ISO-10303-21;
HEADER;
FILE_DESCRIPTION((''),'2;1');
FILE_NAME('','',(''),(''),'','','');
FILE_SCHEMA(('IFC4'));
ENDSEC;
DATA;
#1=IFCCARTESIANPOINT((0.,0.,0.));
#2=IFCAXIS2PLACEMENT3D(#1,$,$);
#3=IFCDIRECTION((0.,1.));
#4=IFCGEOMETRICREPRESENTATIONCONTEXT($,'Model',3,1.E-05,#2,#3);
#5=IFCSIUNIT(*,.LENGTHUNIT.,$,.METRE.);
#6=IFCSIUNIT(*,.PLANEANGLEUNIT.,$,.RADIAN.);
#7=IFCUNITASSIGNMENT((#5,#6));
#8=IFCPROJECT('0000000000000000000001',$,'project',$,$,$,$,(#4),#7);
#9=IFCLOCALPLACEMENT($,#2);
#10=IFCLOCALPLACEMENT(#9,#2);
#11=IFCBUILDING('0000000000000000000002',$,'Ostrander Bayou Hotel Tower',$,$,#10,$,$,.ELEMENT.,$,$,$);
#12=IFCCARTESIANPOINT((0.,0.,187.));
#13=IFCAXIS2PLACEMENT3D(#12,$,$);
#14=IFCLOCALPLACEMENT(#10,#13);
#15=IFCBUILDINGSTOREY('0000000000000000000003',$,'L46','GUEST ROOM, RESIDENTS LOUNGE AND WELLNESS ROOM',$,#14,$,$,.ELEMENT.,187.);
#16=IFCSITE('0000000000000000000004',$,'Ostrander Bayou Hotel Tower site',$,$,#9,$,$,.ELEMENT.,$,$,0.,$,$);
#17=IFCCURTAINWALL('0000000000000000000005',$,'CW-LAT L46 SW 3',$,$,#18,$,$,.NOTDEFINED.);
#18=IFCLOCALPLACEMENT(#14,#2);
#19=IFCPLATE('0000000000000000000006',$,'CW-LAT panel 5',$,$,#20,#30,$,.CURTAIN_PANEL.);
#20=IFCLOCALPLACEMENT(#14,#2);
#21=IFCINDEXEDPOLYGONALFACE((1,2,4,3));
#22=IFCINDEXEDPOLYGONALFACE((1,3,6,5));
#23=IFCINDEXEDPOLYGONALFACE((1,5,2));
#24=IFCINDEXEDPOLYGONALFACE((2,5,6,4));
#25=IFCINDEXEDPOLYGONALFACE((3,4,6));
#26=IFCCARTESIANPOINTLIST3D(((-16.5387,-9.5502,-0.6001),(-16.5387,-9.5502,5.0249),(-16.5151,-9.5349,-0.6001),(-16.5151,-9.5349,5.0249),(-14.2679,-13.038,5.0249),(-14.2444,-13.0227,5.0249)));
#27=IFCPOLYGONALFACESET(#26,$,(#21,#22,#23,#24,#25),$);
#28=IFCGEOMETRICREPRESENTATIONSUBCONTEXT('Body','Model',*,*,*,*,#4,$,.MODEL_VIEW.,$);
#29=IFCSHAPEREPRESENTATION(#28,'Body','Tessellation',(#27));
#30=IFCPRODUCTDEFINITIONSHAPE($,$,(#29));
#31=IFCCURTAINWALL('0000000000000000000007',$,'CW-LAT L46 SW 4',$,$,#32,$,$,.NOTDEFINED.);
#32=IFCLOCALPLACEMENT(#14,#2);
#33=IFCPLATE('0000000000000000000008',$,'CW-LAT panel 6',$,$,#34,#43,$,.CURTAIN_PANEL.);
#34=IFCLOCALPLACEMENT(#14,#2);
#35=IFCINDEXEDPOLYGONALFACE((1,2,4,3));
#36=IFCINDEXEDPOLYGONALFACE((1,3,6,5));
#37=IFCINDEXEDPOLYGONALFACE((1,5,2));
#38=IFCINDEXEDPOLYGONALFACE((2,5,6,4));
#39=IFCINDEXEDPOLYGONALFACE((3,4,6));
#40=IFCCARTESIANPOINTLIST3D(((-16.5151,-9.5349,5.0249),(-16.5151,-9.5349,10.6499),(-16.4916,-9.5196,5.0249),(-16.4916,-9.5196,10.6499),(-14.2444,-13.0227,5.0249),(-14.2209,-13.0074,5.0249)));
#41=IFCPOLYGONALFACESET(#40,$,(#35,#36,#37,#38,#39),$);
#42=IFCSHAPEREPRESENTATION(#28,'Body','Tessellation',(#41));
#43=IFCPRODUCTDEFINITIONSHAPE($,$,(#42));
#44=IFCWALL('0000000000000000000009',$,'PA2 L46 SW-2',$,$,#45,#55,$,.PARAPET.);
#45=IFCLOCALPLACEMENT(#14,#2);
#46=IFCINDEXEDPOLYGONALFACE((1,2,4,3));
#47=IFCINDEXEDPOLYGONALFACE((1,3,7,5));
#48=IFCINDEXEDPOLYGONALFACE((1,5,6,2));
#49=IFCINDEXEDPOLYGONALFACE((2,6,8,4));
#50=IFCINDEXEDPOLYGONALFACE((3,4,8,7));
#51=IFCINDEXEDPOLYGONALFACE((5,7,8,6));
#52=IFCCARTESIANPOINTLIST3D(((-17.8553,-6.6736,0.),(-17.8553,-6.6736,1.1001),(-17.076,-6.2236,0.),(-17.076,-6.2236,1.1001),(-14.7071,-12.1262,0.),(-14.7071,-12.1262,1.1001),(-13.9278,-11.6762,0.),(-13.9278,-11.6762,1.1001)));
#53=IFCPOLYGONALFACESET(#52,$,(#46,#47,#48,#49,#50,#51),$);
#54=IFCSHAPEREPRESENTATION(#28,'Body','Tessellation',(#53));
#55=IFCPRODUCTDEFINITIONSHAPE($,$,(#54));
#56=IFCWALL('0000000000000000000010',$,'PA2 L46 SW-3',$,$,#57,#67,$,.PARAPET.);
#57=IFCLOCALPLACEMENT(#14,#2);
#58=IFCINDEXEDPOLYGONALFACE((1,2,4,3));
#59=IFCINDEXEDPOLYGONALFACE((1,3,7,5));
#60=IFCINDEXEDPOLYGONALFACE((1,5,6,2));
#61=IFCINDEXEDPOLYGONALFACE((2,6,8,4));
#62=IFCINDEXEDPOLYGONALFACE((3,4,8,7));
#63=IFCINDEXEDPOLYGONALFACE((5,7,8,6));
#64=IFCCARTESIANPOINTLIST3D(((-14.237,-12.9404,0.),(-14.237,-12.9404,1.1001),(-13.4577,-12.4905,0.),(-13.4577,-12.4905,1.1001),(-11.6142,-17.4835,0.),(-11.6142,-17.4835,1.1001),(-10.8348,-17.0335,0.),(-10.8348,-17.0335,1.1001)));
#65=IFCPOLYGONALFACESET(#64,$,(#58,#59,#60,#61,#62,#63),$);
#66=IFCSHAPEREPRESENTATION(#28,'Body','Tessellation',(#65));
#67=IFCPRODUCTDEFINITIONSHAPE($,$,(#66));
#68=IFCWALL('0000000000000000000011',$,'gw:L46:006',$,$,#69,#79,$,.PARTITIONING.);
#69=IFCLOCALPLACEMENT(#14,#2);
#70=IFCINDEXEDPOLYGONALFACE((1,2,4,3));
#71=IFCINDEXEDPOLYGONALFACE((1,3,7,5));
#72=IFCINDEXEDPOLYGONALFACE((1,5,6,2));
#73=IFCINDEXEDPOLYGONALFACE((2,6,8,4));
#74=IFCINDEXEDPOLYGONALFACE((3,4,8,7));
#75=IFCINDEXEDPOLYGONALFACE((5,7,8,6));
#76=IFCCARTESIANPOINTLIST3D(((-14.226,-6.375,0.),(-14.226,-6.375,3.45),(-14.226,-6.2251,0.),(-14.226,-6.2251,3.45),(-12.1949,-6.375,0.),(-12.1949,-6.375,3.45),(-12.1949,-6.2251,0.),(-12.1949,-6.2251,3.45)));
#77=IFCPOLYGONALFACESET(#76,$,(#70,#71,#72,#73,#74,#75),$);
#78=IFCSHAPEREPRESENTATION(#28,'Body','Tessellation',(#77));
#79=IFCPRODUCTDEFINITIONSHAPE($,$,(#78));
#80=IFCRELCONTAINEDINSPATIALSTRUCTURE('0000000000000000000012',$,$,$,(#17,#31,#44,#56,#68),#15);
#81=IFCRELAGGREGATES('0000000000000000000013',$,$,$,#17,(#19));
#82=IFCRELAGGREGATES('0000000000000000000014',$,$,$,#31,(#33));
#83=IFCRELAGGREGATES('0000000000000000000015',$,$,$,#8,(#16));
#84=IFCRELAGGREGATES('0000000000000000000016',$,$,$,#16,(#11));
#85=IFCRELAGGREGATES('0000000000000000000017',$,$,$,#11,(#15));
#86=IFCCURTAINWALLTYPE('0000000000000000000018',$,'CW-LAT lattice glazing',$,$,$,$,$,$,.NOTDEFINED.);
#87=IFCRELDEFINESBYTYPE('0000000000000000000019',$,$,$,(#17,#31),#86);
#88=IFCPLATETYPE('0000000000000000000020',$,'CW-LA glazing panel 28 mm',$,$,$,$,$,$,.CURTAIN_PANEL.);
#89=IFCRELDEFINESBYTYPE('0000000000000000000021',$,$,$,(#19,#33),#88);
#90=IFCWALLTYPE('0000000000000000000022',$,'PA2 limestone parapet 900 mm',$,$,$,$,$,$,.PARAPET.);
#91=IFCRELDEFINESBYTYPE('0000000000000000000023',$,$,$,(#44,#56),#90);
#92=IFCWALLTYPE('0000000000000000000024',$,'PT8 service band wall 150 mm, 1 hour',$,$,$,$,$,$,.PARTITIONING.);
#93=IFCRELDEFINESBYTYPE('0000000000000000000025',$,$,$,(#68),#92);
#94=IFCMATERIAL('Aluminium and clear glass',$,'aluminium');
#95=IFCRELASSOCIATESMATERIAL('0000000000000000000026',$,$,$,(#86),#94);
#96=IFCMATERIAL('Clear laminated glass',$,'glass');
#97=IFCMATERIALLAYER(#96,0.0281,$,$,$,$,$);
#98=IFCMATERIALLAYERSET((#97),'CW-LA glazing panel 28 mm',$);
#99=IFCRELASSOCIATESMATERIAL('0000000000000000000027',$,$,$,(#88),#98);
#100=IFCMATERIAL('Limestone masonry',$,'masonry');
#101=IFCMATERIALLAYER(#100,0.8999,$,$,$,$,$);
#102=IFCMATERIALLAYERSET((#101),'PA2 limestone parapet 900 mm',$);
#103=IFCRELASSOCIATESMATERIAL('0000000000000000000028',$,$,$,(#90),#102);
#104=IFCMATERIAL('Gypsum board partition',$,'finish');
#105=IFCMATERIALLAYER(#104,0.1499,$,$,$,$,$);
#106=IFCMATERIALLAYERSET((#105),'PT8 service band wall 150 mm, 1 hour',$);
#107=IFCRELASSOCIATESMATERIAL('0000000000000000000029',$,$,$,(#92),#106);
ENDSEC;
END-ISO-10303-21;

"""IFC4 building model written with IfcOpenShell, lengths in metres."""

from ifc_helpers import new_model, si_unit, direction, frame, frame_2d, origin, place, context, subcontext, project, spatial, polyline, rectangle, outline, extrude, material, layer, layer_set, type_object, element, aggregate, save


model = new_model("IFC4")

# Units and contexts
model_context = context("Model", 3, precision=1e-05, world=origin(), true_north=direction((0.0, 1.0)))
body_context = subcontext(model_context, "Body", "Model", "MODEL_VIEW")
ifc_project = project(units=[si_unit("LENGTHUNIT", "METRE"), si_unit("PLANEANGLEUNIT", "RADIAN")], contexts=[model_context])

# Site, building, storey
site_placement = place(None, origin())
site = spatial("IfcSite", under=ifc_project, at=site_placement, Name="Ostrander Bayou Hotel Tower site", CompositionType="ELEMENT", RefElevation=0.0)
building_placement = place(site_placement, origin())
building = spatial("IfcBuilding", under=site, at=building_placement, Name="Ostrander Bayou Hotel Tower", CompositionType="ELEMENT")
storey_placement = place(building_placement, frame((0.0, 0.0, 187.0)))
storey = spatial("IfcBuildingStorey", under=building, at=storey_placement, Name="L46", Description="GUEST ROOM, RESIDENTS LOUNGE AND WELLNESS ROOM", CompositionType="ELEMENT", Elevation=187.0)

# Shared definitions
ifc_material_1 = material(Name="Aluminium and clear glass", Category="aluminium")
curtain_wall_type = type_object("IfcCurtainWallType", Name="CW-LAT lattice glazing", PredefinedType="NOTDEFINED", material=ifc_material_1)

# Curtain walls, plates
curtain_wall_1_placement = place(storey_placement, origin())
curtain_wall_1 = element("IfcCurtainWall", 1, at=curtain_wall_1_placement, inside=storey, type_object=curtain_wall_type, Name="CW-LAT L46 SW 3", PredefinedType="NOTDEFINED")
ifc_material_2 = material(Name="Clear laminated glass", Category="glass")
ifc_layer_1 = layer(ifc_material_2, 0.0281)
ifc_layer_set_1 = layer_set([ifc_layer_1], Name="CW-LA glazing panel 28 mm")
plate_type = type_object("IfcPlateType", Name="CW-LA glazing panel 28 mm", PredefinedType="CURTAIN_PANEL", material=ifc_layer_set_1)
plate_1_placement = place(storey_placement, frame((-14.2444, -13.0227, 5.0249), z_axis=(0.838039, 0.545611, 0.0), x_axis=(-0.32452, 0.498451, -0.803886)))
plate_1 = element("IfcPlate", 2, at=plate_1_placement, type_object=plate_type, Name="CW-LAT panel 5", PredefinedType="CURTAIN_PANEL", context=body_context, shape_type="SweptSolid", body=[
    extrude(outline(polyline([(0.0, 0.0), (6.9973, 0.0), (2.4754, 3.3457), (0.0, 0.0)])), origin(), (0.0, 0.0, -1.0), 0.0281),
])
aggregate(curtain_wall_1, [plate_1])
curtain_wall_2_placement = place(storey_placement, origin())
curtain_wall_2 = element("IfcCurtainWall", 3, at=curtain_wall_2_placement, inside=storey, type_object=curtain_wall_type, Name="CW-LAT L46 SW 4", PredefinedType="NOTDEFINED")
plate_2_placement = place(storey_placement, frame((-14.2444, -13.0227, 5.0249), z_axis=(-0.838039, -0.545611, 0.0), x_axis=(-0.32452, 0.498451, 0.803886)))
plate_2 = element("IfcPlate", 4, at=plate_2_placement, type_object=plate_type, Name="CW-LAT panel 6", PredefinedType="CURTAIN_PANEL", context=body_context, shape_type="SweptSolid", body=[
    extrude(outline(polyline([(0.0, 0.0), (6.9973, 0.0), (2.4754, 3.3457), (0.0, 0.0)])), origin(), (0.0, 0.0, -1.0), 0.0281),
])
aggregate(curtain_wall_2, [plate_2])

# Walls
ifc_material_3 = material(Name="Limestone masonry", Category="masonry")
ifc_layer_2 = layer(ifc_material_3, 0.8999)
ifc_layer_set_2 = layer_set([ifc_layer_2], Name="PA2 limestone parapet 900 mm")
wall_type_1 = type_object("IfcWallType", Name="PA2 limestone parapet 900 mm", PredefinedType="PARAPET", material=ifc_layer_set_2)
wall_1_placement = place(storey_placement, frame((-17.4656, -6.4487, 0.0), z_axis=(0.0, 0.0, 1.0), x_axis=(0.500013, -0.866018, 0.0)))
element("IfcWall", 5, at=wall_1_placement, inside=storey, type_object=wall_type_1, Name="PA2 L46 SW-2", PredefinedType="PARAPET", context=body_context, shape_type="SweptSolid", body=[
    extrude(rectangle(XDim=6.2961, YDim=0.8999, at=frame_2d((3.1479, 0.0))), origin(), (0.0, 0.0, 1.0), 1.1001),
])
wall_2_placement = place(storey_placement, frame((-13.8474, -12.7153, 0.0), z_axis=(0.0, 0.0, 1.0), x_axis=(0.499988, -0.866032, 0.0)))
element("IfcWall", 6, at=wall_2_placement, inside=storey, type_object=wall_type_1, Name="PA2 L46 SW-3", PredefinedType="PARAPET", context=body_context, shape_type="SweptSolid", body=[
    extrude(rectangle(XDim=5.2458, YDim=0.8999, at=frame_2d((2.623, 0.0))), origin(), (0.0, 0.0, 1.0), 1.1001),
])
ifc_material_4 = material(Name="Gypsum board partition", Category="finish")
ifc_layer_3 = layer(ifc_material_4, 0.1499)
ifc_layer_set_3 = layer_set([ifc_layer_3], Name="PT8 service band wall 150 mm, 1 hour")
wall_type_2 = type_object("IfcWallType", Name="PT8 service band wall 150 mm, 1 hour", PredefinedType="PARTITIONING", material=ifc_layer_set_3)
wall_3_placement = place(storey_placement, frame((-14.2261, -6.3, 0.0), z_axis=(0.0, 0.0, 1.0), x_axis=(1.0, 0.0, 0.0)))
element("IfcWall", 7, at=wall_3_placement, inside=storey, type_object=wall_type_2, Name="gw:L46:006", PredefinedType="PARTITIONING", context=body_context, shape_type="SweptSolid", body=[
    extrude(rectangle(XDim=2.031, YDim=0.1499, at=frame_2d((1.0156, 0.0))), origin(), (0.0, 0.0, 1.0), 3.45),
])

save(model, "model.ifc")
